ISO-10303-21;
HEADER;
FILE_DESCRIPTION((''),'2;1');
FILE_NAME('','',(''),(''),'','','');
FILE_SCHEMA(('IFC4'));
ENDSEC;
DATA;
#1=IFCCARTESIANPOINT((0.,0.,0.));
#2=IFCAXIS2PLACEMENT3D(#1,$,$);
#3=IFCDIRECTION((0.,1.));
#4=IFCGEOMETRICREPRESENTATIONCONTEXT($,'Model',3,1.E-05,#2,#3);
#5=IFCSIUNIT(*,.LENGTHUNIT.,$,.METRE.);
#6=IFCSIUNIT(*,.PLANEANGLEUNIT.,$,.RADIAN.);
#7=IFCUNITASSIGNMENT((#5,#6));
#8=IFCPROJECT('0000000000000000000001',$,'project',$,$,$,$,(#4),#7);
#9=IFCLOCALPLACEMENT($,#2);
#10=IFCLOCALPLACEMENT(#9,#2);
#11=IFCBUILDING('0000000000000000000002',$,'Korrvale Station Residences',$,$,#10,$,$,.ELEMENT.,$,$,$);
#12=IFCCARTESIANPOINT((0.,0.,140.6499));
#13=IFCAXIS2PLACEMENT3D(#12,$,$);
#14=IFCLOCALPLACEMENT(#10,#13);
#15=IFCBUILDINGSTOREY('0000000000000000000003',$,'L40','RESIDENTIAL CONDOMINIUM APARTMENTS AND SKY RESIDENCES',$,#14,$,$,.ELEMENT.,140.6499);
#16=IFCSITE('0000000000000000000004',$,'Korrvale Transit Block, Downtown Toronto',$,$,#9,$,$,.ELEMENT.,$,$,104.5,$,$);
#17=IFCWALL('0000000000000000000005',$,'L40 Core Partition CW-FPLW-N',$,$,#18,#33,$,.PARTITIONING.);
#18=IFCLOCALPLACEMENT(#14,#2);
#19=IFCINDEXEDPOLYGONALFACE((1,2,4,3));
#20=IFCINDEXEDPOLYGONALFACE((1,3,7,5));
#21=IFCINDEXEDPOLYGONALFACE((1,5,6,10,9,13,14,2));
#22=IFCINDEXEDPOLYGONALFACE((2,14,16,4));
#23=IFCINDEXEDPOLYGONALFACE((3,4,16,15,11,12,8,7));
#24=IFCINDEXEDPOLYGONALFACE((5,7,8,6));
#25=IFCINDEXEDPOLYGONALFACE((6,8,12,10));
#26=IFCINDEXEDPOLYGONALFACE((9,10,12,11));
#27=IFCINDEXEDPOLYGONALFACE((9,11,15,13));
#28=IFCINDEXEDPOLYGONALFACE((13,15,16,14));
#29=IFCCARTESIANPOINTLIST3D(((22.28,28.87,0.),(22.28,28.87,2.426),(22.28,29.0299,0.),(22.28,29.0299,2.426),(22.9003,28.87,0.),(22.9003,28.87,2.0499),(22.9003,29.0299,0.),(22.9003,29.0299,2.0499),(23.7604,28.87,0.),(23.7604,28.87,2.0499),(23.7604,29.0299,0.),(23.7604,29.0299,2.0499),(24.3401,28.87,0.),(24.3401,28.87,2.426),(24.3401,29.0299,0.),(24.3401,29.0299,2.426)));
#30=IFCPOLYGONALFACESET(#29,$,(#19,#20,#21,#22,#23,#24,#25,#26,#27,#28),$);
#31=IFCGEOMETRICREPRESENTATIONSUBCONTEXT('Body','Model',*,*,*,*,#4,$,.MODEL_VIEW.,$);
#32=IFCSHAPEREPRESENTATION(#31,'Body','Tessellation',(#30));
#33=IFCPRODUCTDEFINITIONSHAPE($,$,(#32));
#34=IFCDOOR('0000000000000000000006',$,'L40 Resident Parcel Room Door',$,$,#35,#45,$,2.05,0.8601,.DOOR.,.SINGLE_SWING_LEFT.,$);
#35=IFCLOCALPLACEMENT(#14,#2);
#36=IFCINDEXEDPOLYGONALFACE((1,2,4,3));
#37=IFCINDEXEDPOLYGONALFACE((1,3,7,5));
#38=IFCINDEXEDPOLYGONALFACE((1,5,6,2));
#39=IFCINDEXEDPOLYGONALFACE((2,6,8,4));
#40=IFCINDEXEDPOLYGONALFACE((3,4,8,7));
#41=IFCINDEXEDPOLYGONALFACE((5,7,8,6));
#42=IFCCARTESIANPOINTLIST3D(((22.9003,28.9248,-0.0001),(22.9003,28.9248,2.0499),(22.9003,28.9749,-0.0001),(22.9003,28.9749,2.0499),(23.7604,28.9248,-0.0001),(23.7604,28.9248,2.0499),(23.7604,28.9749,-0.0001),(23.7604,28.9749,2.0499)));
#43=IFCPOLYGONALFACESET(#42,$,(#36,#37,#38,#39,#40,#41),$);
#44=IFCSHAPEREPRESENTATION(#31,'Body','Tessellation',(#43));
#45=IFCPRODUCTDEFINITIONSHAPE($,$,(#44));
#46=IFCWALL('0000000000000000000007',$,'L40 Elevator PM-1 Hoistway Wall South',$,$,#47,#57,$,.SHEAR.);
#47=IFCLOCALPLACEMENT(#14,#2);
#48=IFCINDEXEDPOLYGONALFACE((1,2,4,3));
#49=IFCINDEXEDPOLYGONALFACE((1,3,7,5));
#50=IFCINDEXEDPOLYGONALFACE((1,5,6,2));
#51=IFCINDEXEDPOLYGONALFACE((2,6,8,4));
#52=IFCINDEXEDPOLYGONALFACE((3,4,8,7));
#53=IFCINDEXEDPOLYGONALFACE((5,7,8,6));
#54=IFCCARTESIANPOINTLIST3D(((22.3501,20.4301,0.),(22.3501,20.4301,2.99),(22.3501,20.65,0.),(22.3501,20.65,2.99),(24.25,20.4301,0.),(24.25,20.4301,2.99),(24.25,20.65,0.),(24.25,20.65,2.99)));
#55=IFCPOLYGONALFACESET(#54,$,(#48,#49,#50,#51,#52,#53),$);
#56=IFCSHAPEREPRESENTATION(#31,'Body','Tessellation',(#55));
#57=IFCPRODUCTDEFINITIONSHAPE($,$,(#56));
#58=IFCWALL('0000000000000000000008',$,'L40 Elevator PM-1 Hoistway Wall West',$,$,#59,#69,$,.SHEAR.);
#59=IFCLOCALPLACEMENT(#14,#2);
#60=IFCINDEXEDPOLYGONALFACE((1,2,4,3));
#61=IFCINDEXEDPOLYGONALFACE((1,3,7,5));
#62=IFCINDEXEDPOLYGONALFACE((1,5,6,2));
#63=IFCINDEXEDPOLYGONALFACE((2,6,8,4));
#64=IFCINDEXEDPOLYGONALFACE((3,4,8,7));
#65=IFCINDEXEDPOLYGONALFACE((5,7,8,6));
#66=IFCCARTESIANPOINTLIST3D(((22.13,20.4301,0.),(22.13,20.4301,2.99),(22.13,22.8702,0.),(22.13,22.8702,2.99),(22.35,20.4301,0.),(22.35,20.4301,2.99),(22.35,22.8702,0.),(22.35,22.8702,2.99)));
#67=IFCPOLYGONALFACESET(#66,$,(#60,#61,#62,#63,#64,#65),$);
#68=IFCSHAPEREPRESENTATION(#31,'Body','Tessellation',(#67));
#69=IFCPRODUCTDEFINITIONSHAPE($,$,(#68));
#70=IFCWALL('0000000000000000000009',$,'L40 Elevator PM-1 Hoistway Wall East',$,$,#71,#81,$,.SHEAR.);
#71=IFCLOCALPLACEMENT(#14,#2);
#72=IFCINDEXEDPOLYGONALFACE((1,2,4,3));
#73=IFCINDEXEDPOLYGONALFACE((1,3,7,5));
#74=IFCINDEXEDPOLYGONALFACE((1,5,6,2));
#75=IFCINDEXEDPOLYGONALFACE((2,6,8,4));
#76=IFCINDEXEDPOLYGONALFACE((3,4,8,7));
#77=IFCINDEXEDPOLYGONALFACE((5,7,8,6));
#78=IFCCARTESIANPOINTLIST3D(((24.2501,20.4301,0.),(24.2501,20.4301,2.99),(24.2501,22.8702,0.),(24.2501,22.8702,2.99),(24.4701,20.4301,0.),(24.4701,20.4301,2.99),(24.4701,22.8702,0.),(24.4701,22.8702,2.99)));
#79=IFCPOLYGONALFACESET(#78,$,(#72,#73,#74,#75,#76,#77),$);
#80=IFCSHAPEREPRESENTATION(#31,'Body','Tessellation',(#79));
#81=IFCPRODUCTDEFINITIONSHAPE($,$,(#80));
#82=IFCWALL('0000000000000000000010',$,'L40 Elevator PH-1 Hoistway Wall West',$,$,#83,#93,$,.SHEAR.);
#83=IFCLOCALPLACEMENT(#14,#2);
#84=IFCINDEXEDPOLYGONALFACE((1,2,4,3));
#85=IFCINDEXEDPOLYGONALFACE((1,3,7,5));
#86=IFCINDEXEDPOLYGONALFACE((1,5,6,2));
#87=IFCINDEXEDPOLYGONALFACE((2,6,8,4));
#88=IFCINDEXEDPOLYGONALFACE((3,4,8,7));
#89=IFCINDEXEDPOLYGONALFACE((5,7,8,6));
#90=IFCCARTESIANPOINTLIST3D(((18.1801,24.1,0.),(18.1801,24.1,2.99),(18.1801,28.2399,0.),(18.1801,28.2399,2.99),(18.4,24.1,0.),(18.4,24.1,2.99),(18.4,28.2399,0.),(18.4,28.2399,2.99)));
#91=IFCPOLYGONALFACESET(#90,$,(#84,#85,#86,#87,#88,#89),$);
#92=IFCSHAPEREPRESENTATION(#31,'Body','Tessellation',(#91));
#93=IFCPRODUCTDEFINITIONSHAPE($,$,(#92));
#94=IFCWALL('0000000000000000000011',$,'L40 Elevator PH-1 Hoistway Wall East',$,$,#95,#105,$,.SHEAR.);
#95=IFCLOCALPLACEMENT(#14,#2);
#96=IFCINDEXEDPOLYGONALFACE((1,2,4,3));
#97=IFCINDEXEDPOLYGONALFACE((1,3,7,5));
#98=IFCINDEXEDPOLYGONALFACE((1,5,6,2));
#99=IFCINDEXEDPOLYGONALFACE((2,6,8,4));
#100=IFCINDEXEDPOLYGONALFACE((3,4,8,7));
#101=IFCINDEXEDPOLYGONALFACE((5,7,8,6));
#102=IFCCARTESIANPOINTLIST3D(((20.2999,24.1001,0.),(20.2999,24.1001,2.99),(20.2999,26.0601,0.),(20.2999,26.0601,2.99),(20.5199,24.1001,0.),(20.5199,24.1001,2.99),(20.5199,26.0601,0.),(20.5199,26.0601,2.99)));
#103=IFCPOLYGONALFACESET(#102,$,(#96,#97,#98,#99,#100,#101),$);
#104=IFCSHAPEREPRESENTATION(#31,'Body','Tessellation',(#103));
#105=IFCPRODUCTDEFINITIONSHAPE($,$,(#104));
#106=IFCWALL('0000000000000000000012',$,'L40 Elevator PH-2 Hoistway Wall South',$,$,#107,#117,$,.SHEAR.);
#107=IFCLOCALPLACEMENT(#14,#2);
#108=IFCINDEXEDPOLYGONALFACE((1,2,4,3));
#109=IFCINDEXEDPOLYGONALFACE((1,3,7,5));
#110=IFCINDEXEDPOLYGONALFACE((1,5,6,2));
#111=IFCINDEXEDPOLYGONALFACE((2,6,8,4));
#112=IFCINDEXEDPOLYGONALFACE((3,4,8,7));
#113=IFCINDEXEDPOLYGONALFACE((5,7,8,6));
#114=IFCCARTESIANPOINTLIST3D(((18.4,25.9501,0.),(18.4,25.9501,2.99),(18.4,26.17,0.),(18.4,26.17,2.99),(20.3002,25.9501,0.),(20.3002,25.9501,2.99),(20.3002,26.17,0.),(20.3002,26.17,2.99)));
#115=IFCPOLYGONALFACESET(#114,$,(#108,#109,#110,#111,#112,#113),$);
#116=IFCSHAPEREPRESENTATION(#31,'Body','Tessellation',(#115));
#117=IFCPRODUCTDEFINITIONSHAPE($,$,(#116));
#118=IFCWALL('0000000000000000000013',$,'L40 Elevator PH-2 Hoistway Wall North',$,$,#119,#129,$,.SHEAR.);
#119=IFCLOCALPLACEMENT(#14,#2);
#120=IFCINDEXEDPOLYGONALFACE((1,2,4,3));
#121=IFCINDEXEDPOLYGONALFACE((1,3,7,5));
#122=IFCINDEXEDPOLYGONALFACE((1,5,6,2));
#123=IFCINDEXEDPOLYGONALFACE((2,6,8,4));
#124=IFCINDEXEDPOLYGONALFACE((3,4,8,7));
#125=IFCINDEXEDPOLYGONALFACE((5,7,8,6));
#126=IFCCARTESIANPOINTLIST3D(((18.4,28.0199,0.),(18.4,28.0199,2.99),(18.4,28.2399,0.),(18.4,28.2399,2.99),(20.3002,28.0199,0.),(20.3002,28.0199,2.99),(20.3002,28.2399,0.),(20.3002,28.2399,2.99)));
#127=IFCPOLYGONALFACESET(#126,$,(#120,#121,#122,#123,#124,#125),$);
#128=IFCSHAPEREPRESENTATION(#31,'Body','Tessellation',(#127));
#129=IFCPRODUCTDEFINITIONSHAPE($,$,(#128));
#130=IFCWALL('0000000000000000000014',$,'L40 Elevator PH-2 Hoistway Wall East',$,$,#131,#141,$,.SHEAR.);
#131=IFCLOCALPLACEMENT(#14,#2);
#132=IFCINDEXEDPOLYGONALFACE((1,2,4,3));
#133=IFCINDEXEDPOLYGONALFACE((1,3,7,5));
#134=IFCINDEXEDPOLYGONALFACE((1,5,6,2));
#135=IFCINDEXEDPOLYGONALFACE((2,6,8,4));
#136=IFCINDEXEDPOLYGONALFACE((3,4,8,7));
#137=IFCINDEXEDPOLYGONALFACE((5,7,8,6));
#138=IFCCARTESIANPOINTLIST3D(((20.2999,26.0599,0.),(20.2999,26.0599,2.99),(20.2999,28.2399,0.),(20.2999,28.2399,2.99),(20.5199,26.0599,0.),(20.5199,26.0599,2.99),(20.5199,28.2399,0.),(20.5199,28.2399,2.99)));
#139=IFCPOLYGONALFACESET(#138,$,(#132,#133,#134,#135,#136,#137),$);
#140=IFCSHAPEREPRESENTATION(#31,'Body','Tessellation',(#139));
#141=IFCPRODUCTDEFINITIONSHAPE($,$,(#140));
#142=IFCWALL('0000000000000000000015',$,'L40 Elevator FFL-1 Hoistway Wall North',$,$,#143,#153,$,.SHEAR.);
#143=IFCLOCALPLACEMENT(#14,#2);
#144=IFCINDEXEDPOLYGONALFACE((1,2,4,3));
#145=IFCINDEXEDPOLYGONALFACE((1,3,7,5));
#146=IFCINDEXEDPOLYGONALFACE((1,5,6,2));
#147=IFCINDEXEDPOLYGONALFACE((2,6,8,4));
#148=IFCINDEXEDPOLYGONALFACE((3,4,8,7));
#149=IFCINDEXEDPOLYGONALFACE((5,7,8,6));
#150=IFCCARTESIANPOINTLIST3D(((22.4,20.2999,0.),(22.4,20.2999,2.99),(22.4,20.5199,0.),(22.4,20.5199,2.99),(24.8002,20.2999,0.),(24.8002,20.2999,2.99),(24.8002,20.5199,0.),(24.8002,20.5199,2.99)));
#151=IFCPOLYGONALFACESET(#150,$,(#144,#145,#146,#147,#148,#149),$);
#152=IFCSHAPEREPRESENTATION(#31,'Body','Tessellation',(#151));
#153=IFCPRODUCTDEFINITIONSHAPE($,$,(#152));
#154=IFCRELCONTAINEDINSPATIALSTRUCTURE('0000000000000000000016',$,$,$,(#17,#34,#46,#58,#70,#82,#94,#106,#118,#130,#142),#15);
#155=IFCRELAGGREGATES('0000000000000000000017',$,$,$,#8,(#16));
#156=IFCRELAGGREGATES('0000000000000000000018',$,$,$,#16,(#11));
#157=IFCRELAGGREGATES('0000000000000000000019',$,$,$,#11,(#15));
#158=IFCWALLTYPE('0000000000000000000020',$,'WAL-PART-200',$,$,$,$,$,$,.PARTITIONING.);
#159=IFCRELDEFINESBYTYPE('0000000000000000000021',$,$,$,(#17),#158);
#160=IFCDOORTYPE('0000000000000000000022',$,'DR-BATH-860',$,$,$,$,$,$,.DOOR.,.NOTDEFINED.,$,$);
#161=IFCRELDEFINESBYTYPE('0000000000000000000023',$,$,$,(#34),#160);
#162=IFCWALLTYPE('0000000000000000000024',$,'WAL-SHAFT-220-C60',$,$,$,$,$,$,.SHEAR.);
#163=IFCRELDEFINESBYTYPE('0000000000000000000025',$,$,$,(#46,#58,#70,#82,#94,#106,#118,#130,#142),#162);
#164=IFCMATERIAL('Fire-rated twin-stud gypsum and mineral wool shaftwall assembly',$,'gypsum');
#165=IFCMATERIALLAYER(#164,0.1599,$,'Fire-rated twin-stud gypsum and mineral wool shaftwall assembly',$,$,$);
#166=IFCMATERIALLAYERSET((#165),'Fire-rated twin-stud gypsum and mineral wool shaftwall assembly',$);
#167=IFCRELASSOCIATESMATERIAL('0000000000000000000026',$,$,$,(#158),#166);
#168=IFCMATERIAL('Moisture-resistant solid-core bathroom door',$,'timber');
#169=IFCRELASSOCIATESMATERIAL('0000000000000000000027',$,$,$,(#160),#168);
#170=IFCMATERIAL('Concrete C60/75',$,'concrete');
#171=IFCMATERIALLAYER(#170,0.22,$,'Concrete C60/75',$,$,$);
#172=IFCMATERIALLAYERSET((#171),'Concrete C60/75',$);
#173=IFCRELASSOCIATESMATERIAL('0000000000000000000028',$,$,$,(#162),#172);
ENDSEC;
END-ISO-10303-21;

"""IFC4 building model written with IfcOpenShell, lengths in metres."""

from ifc_helpers import new_model, si_unit, direction, frame, frame_2d, origin, place, context, subcontext, project, spatial, rectangle, extrude, material, layer, layer_set, type_object, element, fill, save


model = new_model("IFC4")

# Units and contexts
model_context = context("Model", 3, precision=1e-05, world=origin(), true_north=direction((0.0, 1.0)))
body_context = subcontext(model_context, "Body", "Model", "MODEL_VIEW")
ifc_project = project(units=[si_unit("LENGTHUNIT", "METRE"), si_unit("PLANEANGLEUNIT", "RADIAN")], contexts=[model_context])

# Site, building, storey
site_placement = place(None, origin())
site = spatial("IfcSite", under=ifc_project, at=site_placement, Name="Korrvale Transit Block, Downtown Toronto", CompositionType="ELEMENT", RefElevation=104.5)
building_placement = place(site_placement, origin())
building = spatial("IfcBuilding", under=site, at=building_placement, Name="Korrvale Station Residences", CompositionType="ELEMENT")
storey_placement = place(building_placement, frame((0.0, 0.0, 140.6499)))
storey = spatial("IfcBuildingStorey", under=building, at=storey_placement, Name="L40", Description="RESIDENTIAL CONDOMINIUM APARTMENTS AND SKY RESIDENCES", CompositionType="ELEMENT", Elevation=140.6499)

# Shared definitions
ifc_material_1 = material(Name="Concrete C60/75", Category="concrete")

# Shared definitions
ifc_material_2 = material(Name="Fire-rated twin-stud gypsum and mineral wool shaftwall assembly", Category="gypsum")
ifc_layer_1 = layer(ifc_material_2, 0.1599, Name="Fire-rated twin-stud gypsum and mineral wool shaftwall assembly")
ifc_layer_set_1 = layer_set([ifc_layer_1], Name="Fire-rated twin-stud gypsum and mineral wool shaftwall assembly")
wall_type_1 = type_object("IfcWallType", Name="WAL-PART-200", PredefinedType="PARTITIONING", material=ifc_layer_set_1)

# Wall, opening, door
ifc_material_3 = material(Name="Moisture-resistant solid-core bathroom door", Category="timber")
door_type_1 = type_object("IfcDoorType", Name="DR-BATH-860", OperationType="NOTDEFINED", PredefinedType="DOOR", material=ifc_material_3)
wall_1_placement = place(storey_placement, frame((22.28, 28.95, 0.0), z_axis=(0.0, 0.0, 1.0), x_axis=(1.0, 0.0, 0.0)))
wall_1 = element("IfcWall", 1, at=wall_1_placement, inside=storey, type_object=wall_type_1, Name="L40 Core Partition CW-FPLW-N", PredefinedType="PARTITIONING", context=body_context, shape_type="SweptSolid", body=[
    extrude(rectangle(XDim=2.0601, YDim=0.1599, at=frame_2d((1.03, 0.0))), origin(), (0.0, 0.0, 1.0), 2.426),
])
opening_1_placement = place(wall_1_placement, frame((0.6201, 0.0, 0.0)))
opening_1 = element("IfcOpeningElement", 2, at=opening_1_placement, cuts=wall_1, PredefinedType="OPENING", context=body_context, shape_type="SweptSolid", body=[
    extrude(rectangle(XDim=0.8601, YDim=2.05, at=frame_2d((0.4302, 1.0249))), frame((0.0, 0.0898, 0.0), z_axis=(0.0, -1.0, 0.0), x_axis=(1.0, 0.0, 0.0)), (0.0, 0.0, 1.0), 0.1799),
])
door_1_placement = place(opening_1_placement, origin())
door_1 = element("IfcDoor", 3, at=door_1_placement, inside=storey, type_object=door_type_1, Name="L40 Resident Parcel Room Door", OperationType="SINGLE_SWING_LEFT", OverallHeight=2.05, OverallWidth=0.8601, PredefinedType="DOOR", context=body_context, shape_type="SweptSolid", body=[
    extrude(rectangle(XDim=0.8601, YDim=2.05, at=frame_2d((0.4302, 1.0249))), frame((0.0, 0.0249, 0.0), z_axis=(0.0, -1.0, 0.0), x_axis=(1.0, 0.0, 0.0)), (0.0, 0.0, 1.0), 0.05),
])
fill(opening_1, door_1)

# Wall
ifc_layer_2 = layer(ifc_material_1, 0.22, Name="Concrete C60/75")
ifc_layer_set_2 = layer_set([ifc_layer_2], Name="Concrete C60/75")
wall_type_2 = type_object("IfcWallType", Name="WAL-SHAFT-220-C60", PredefinedType="SHEAR", material=ifc_layer_set_2)
wall_2_placement = place(storey_placement, frame((22.3501, 20.54, 0.0), z_axis=(0.0, 0.0, 1.0), x_axis=(1.0, 0.0, 0.0)))
element("IfcWall", 4, at=wall_2_placement, inside=storey, type_object=wall_type_2, Name="L40 Elevator PM-1 Hoistway Wall South", PredefinedType="SHEAR", context=body_context, shape_type="SweptSolid", body=[
    extrude(rectangle(XDim=1.8999, YDim=0.22, at=frame_2d((0.95, 0.0))), origin(), (0.0, 0.0, 1.0), 2.99),
])

# Walls
for number, where, z_axis, x_axis, name in (
    (5, (22.24, 20.4299, 0.0), (0.0, 0.0, 1.0), (0.0, 1.0, 0.0), "L40 Elevator PM-1 Hoistway Wall West"),
    (6, (24.3601, 20.4299, 0.0), (0.0, 0.0, 1.0), (0.0, 1.0, 0.0), "L40 Elevator PM-1 Hoistway Wall East"),
):
    element("IfcWall", number, at=place(storey_placement, frame(where, z_axis=z_axis, x_axis=x_axis)), inside=storey, type_object=wall_type_2, Name=name, PredefinedType="SHEAR", context=body_context, shape_type="SweptSolid", body=[
        extrude(rectangle(XDim=2.4402, YDim=0.22, at=frame_2d((1.2202, 0.0))), origin(), (0.0, 0.0, 1.0), 2.99),
    ])
wall_3_placement = place(storey_placement, frame((18.29, 24.1001, 0.0), z_axis=(0.0, 0.0, 1.0), x_axis=(0.0, 1.0, 0.0)))
element("IfcWall", 7, at=wall_3_placement, inside=storey, type_object=wall_type_2, Name="L40 Elevator PH-1 Hoistway Wall West", PredefinedType="SHEAR", context=body_context, shape_type="SweptSolid", body=[
    extrude(rectangle(XDim=4.1399, YDim=0.22, at=frame_2d((2.0698, 0.0))), origin(), (0.0, 0.0, 1.0), 2.99),
])
wall_4_placement = place(storey_placement, frame((20.4099, 24.1001, 0.0), z_axis=(0.0, 0.0, 1.0), x_axis=(0.0, 1.0, 0.0)))
element("IfcWall", 8, at=wall_4_placement, inside=storey, type_object=wall_type_2, Name="L40 Elevator PH-1 Hoistway Wall East", PredefinedType="SHEAR", context=body_context, shape_type="SweptSolid", body=[
    extrude(rectangle(XDim=1.96, YDim=0.22, at=frame_2d((0.98, 0.0))), origin(), (0.0, 0.0, 1.0), 2.99),
])
for number, where, z_axis, x_axis, name in (
    (9, (18.3999, 26.0601, 0.0), (0.0, 0.0, 1.0), (1.0, 0.0, 0.0), "L40 Elevator PH-2 Hoistway Wall South"),
    (10, (18.3999, 28.1299, 0.0), (0.0, 0.0, 1.0), (1.0, 0.0, 0.0), "L40 Elevator PH-2 Hoistway Wall North"),
):
    element("IfcWall", number, at=place(storey_placement, frame(where, z_axis=z_axis, x_axis=x_axis)), inside=storey, type_object=wall_type_2, Name=name, PredefinedType="SHEAR", context=body_context, shape_type="SweptSolid", body=[
        extrude(rectangle(XDim=1.9001, YDim=0.22, at=frame_2d((0.9502, 0.0))), origin(), (0.0, 0.0, 1.0), 2.99),
    ])
wall_5_placement = place(storey_placement, frame((20.4099, 26.0601, 0.0), z_axis=(0.0, 0.0, 1.0), x_axis=(0.0, 1.0, 0.0)))
element("IfcWall", 11, at=wall_5_placement, inside=storey, type_object=wall_type_2, Name="L40 Elevator PH-2 Hoistway Wall East", PredefinedType="SHEAR", context=body_context, shape_type="SweptSolid", body=[
    extrude(rectangle(XDim=2.1799, YDim=0.22, at=frame_2d((1.0898, 0.0))), origin(), (0.0, 0.0, 1.0), 2.99),
])
wall_6_placement = place(storey_placement, frame((22.3999, 20.4099, 0.0), z_axis=(0.0, 0.0, 1.0), x_axis=(1.0, 0.0, 0.0)))
element("IfcWall", 12, at=wall_6_placement, inside=storey, type_object=wall_type_2, Name="L40 Elevator FFL-1 Hoistway Wall North", PredefinedType="SHEAR", context=body_context, shape_type="SweptSolid", body=[
    extrude(rectangle(XDim=2.4001, YDim=0.22, at=frame_2d((1.2002, 0.0))), origin(), (0.0, 0.0, 1.0), 2.99),
])

save(model, "model.ifc")
